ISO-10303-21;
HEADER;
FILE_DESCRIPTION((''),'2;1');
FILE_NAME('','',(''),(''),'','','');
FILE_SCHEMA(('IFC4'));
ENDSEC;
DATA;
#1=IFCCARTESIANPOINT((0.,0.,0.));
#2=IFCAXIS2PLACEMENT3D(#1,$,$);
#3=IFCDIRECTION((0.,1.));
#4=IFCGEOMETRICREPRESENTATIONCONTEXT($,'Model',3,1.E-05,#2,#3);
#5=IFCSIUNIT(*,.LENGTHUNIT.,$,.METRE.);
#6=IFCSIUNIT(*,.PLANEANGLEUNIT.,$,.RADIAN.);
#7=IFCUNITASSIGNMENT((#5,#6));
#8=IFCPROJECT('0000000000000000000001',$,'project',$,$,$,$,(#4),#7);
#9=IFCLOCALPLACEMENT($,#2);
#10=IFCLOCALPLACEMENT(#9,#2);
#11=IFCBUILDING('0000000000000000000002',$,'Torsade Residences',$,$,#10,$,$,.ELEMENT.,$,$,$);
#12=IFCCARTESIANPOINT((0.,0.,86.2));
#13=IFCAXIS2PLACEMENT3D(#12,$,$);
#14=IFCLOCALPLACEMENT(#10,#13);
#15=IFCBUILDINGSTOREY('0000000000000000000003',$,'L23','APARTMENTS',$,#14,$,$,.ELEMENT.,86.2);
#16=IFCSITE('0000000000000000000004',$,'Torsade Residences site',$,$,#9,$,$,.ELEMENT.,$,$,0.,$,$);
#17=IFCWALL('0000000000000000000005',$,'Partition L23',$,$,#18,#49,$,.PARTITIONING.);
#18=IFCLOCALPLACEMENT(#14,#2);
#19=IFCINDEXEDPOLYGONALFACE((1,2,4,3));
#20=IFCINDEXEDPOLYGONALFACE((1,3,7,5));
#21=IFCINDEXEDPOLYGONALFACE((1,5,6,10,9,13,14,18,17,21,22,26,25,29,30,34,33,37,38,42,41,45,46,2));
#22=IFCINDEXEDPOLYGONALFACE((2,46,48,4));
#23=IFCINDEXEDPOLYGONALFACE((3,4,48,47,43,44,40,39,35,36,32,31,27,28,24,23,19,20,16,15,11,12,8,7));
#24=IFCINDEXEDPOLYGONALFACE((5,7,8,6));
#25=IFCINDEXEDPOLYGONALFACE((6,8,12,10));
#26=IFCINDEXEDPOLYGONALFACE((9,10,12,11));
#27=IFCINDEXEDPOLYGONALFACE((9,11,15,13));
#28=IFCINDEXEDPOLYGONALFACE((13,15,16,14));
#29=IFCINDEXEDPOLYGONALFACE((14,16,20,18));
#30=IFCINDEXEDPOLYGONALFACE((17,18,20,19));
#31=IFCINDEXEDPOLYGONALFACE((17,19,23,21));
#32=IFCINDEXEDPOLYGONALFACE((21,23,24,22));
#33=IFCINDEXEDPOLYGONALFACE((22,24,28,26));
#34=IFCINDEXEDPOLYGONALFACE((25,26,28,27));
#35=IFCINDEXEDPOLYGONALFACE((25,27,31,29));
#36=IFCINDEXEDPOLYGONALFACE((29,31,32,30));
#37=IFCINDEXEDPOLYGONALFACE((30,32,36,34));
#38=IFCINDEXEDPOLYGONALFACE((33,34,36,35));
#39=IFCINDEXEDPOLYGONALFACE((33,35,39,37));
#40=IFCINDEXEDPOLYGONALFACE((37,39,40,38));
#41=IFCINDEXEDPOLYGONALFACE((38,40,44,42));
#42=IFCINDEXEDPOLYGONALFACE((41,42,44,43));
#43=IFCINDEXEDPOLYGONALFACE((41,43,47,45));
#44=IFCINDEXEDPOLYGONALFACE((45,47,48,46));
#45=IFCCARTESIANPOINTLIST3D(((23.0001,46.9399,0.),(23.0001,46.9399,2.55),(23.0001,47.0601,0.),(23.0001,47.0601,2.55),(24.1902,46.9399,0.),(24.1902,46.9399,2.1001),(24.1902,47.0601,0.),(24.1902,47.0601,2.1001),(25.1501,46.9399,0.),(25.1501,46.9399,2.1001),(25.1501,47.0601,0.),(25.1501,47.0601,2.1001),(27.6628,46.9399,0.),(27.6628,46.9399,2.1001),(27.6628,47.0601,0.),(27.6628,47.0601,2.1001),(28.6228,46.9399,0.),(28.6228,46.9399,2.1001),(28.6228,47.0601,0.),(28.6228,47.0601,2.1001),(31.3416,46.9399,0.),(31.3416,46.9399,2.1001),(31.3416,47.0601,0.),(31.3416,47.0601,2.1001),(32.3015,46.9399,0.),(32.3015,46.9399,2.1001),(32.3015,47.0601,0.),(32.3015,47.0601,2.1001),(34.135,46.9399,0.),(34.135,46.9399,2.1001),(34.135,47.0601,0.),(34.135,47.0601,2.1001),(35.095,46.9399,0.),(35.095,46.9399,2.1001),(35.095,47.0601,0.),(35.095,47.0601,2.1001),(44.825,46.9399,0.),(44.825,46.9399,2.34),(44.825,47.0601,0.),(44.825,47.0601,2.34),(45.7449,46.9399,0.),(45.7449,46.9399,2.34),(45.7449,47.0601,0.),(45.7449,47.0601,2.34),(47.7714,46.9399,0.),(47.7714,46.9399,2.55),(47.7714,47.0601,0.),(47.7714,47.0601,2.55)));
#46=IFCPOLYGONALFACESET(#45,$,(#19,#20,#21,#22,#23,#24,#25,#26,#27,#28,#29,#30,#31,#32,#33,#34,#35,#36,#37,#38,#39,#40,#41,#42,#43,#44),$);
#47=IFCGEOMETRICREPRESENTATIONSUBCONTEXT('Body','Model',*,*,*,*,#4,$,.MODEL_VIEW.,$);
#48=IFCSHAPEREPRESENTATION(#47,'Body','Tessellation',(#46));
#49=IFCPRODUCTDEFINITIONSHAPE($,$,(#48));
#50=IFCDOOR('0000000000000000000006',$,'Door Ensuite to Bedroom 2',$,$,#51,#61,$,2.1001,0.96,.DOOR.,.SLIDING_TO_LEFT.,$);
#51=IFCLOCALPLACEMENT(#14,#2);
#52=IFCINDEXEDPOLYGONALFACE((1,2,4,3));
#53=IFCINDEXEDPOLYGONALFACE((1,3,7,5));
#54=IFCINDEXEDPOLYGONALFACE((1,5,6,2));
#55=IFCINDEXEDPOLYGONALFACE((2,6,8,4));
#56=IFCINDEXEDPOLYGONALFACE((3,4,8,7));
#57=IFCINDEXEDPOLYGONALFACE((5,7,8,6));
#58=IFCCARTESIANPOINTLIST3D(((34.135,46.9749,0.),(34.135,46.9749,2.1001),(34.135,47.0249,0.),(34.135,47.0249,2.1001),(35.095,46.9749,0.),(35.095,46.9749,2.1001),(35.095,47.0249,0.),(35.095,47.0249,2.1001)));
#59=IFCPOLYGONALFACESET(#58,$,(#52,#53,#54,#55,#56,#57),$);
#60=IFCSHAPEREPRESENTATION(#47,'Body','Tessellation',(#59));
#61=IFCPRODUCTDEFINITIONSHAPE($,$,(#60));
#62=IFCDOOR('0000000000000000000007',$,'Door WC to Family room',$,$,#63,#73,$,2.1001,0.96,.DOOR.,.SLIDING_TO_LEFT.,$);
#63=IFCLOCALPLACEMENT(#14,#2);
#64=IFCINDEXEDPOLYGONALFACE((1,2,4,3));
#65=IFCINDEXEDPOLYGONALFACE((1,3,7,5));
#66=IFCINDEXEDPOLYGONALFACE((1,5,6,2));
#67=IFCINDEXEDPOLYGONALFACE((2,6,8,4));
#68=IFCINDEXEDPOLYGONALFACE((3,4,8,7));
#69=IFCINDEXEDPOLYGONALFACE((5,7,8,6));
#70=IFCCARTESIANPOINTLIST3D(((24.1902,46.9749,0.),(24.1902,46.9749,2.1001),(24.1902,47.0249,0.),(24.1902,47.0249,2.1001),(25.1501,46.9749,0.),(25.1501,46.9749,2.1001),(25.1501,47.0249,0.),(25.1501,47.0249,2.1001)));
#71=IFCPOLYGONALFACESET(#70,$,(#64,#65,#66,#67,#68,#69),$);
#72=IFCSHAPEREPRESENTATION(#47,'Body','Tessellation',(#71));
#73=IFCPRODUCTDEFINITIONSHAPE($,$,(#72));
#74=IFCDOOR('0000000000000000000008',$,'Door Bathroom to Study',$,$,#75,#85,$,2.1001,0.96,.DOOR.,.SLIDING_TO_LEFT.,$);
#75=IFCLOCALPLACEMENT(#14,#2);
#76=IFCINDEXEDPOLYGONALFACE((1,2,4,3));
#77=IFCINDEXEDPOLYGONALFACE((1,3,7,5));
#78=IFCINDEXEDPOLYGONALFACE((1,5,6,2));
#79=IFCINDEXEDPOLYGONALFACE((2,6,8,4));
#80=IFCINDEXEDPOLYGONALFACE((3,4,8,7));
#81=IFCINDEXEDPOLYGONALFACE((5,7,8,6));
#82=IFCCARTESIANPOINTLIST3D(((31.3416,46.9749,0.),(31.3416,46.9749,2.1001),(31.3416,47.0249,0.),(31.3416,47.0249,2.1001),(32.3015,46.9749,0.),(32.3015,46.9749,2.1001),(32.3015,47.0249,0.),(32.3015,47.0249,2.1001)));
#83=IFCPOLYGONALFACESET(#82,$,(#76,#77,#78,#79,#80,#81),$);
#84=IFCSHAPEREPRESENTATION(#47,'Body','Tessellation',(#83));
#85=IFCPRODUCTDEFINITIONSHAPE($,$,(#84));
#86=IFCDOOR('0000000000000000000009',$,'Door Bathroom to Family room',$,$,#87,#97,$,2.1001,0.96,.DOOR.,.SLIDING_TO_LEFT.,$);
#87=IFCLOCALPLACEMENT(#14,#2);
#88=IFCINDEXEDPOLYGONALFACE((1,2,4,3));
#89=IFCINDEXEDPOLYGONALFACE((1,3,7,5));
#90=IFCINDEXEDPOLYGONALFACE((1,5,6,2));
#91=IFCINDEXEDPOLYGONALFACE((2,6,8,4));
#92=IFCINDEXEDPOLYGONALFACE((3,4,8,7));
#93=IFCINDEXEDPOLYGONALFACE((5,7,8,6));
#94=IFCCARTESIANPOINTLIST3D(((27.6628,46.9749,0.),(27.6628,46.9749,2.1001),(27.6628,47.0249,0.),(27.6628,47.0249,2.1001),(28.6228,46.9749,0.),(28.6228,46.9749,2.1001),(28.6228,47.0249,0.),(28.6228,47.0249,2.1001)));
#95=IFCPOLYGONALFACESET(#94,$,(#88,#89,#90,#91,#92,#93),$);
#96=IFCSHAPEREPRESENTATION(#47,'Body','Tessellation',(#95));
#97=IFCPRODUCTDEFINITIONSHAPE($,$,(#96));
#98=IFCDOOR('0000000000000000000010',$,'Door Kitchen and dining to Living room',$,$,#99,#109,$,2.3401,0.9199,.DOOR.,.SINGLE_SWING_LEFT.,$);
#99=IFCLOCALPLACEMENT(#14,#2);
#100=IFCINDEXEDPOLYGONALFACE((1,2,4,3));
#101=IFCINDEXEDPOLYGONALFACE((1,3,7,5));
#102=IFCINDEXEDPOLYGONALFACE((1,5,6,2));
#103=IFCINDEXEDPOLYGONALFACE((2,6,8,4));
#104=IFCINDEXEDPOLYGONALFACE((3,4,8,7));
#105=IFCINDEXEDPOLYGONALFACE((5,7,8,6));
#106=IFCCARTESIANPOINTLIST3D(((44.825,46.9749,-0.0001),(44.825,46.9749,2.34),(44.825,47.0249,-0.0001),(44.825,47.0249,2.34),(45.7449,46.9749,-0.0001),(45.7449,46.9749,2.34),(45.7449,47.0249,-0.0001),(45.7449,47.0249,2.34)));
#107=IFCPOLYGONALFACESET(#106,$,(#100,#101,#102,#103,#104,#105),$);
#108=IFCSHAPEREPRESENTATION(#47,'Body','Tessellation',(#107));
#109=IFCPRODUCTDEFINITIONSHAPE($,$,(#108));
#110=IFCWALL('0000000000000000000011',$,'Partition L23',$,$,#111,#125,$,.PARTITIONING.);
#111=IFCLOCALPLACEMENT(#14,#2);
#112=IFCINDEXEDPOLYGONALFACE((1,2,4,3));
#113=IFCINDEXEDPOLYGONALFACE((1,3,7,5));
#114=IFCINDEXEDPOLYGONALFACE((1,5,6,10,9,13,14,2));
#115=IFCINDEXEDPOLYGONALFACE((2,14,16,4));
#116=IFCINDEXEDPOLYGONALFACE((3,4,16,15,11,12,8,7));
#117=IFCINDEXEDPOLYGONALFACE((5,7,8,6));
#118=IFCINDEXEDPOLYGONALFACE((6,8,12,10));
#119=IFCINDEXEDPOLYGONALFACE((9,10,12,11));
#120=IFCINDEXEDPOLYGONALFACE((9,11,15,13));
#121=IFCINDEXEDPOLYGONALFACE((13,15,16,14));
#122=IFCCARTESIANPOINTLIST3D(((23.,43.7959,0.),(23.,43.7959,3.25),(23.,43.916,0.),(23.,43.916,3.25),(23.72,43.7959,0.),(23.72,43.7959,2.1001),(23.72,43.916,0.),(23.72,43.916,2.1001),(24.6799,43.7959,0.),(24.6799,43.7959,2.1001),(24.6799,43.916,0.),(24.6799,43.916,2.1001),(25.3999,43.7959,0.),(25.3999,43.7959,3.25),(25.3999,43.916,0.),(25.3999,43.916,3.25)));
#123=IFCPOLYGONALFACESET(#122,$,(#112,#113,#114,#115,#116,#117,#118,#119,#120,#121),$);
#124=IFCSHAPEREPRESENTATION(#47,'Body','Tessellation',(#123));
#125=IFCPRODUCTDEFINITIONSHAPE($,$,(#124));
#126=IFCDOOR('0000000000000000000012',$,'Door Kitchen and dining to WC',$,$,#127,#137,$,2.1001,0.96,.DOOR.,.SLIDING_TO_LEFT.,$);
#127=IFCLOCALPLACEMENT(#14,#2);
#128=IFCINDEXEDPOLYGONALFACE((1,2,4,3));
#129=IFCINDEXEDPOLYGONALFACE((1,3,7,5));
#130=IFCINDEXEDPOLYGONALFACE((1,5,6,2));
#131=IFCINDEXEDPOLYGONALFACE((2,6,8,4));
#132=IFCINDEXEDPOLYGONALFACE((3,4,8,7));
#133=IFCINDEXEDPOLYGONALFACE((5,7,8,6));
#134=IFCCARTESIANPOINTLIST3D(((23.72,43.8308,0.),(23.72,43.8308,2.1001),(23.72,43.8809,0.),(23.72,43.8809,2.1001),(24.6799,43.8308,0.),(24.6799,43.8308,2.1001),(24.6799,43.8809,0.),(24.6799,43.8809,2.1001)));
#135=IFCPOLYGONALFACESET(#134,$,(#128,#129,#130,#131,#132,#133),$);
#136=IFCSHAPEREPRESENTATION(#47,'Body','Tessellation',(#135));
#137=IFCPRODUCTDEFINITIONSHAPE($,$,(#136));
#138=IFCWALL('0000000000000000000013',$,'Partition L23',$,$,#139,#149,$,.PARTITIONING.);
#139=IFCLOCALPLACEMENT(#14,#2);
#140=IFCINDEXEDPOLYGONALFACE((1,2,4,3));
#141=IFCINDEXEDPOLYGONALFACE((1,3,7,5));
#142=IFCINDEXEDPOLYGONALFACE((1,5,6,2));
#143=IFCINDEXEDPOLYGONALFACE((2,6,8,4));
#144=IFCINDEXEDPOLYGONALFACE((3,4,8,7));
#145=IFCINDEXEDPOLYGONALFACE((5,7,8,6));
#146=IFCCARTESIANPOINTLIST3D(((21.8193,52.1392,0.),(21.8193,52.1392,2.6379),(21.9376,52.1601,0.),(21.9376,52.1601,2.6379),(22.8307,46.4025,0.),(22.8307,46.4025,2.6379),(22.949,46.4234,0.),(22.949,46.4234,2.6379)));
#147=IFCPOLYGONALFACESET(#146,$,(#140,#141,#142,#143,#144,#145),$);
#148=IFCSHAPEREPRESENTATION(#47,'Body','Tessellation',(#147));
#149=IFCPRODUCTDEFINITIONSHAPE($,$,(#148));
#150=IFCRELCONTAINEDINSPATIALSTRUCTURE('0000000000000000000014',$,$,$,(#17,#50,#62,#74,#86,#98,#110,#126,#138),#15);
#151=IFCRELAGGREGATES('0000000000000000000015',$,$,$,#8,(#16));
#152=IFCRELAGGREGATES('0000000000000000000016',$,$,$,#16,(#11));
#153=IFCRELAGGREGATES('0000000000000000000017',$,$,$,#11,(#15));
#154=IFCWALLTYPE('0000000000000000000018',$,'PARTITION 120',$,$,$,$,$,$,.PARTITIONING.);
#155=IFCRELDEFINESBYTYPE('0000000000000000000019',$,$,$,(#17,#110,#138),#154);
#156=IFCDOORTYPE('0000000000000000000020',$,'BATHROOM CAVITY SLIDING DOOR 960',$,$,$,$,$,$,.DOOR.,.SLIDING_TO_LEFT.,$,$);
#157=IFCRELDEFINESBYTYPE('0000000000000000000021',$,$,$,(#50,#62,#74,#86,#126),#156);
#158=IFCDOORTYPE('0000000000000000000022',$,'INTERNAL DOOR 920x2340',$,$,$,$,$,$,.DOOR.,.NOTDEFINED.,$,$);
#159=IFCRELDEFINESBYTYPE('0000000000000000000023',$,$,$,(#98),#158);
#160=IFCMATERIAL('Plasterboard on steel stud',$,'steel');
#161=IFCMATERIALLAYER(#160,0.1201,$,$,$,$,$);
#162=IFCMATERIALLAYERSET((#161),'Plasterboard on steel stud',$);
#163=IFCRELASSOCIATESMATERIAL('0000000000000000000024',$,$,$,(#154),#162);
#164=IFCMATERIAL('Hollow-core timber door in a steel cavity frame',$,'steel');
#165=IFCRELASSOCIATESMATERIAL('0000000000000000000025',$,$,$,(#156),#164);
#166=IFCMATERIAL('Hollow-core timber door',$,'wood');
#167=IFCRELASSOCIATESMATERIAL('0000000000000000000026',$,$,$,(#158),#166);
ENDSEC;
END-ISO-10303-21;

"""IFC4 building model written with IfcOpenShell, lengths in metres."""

from ifc_helpers import new_model, si_unit, direction, frame, frame_2d, origin, place, context, subcontext, project, spatial, rectangle, extrude, material, layer, layer_set, type_object, element, fill, save


model = new_model("IFC4")

# Units and contexts
model_context = context("Model", 3, precision=1e-05, world=origin(), true_north=direction((0.0, 1.0)))
body_context = subcontext(model_context, "Body", "Model", "MODEL_VIEW")
ifc_project = project(units=[si_unit("LENGTHUNIT", "METRE"), si_unit("PLANEANGLEUNIT", "RADIAN")], contexts=[model_context])

# Site, building, storey
site_placement = place(None, origin())
site = spatial("IfcSite", under=ifc_project, at=site_placement, Name="Torsade Residences site", CompositionType="ELEMENT", RefElevation=0.0)
building_placement = place(site_placement, origin())
building = spatial("IfcBuilding", under=site, at=building_placement, Name="Torsade Residences", CompositionType="ELEMENT")
storey_placement = place(building_placement, frame((0.0, 0.0, 86.2)))
storey = spatial("IfcBuildingStorey", under=building, at=storey_placement, Name="L23", Description="APARTMENTS", CompositionType="ELEMENT", Elevation=86.2)

# Wall, openings, doors
ifc_material_1 = material(Name="Plasterboard on steel stud", Category="steel")
ifc_layer_1 = layer(ifc_material_1, 0.1201)
ifc_layer_set_1 = layer_set([ifc_layer_1], Name="Plasterboard on steel stud")
wall_type = type_object("IfcWallType", Name="PARTITION 120", PredefinedType="PARTITIONING", material=ifc_layer_set_1)
wall_1_placement = place(storey_placement, frame((23.0, 47.0, 0.0), z_axis=(0.0, 0.0, 1.0), x_axis=(1.0, 0.0, 0.0)))
wall_1 = element("IfcWall", 1, at=wall_1_placement, inside=storey, type_object=wall_type, Name="Partition L23", PredefinedType="PARTITIONING", context=body_context, shape_type="SweptSolid", body=[
    extrude(rectangle(XDim=24.7712, YDim=0.1201, at=frame_2d((12.3857, 0.0))), origin(), (0.0, 0.0, 1.0), 2.55),
])
opening_1_placement = place(wall_1_placement, frame((21.825, 0.0, 0.0)))
opening_1 = element("IfcOpeningElement", 2, at=opening_1_placement, cuts=wall_1, PredefinedType="OPENING", context=body_context, shape_type="SweptSolid", body=[
    extrude(rectangle(XDim=0.9199, YDim=2.3401, at=frame_2d((0.46, 1.1699))), frame((0.0, 0.0701, 0.0), z_axis=(0.0, -1.0, 0.0), x_axis=(1.0, 0.0, 0.0)), (0.0, 0.0, 1.0), 0.1401),
])
opening_2_placement = place(wall_1_placement, frame((11.135, 0.0, 0.0)))
opening_2 = element("IfcOpeningElement", 3, at=opening_2_placement, cuts=wall_1, PredefinedType="OPENING", context=body_context, shape_type="SweptSolid", body=[
    extrude(rectangle(XDim=0.96, YDim=2.1001, at=frame_2d((0.48, 1.05))), frame((0.0, 0.0701, 0.0), z_axis=(0.0, -1.0, 0.0), x_axis=(1.0, 0.0, 0.0)), (0.0, 0.0, 1.0), 0.1401),
])
opening_3_placement = place(wall_1_placement, frame((1.1902, 0.0, 0.0)))
opening_3 = element("IfcOpeningElement", 4, at=opening_3_placement, cuts=wall_1, PredefinedType="OPENING", context=body_context, shape_type="SweptSolid", body=[
    extrude(rectangle(XDim=0.96, YDim=2.1001, at=frame_2d((0.48, 1.05))), frame((0.0, 0.0701, 0.0), z_axis=(0.0, -1.0, 0.0), x_axis=(1.0, 0.0, 0.0)), (0.0, 0.0, 1.0), 0.1401),
])
opening_4_placement = place(wall_1_placement, frame((8.3416, 0.0, 0.0)))
opening_4 = element("IfcOpeningElement", 5, at=opening_4_placement, cuts=wall_1, PredefinedType="OPENING", context=body_context, shape_type="SweptSolid", body=[
    extrude(rectangle(XDim=0.96, YDim=2.1001, at=frame_2d((0.48, 1.05))), frame((0.0, 0.0701, 0.0), z_axis=(0.0, -1.0, 0.0), x_axis=(1.0, 0.0, 0.0)), (0.0, 0.0, 1.0), 0.1401),
])
opening_5_placement = place(wall_1_placement, frame((4.6628, 0.0, 0.0)))
opening_5 = element("IfcOpeningElement", 6, at=opening_5_placement, cuts=wall_1, PredefinedType="OPENING", context=body_context, shape_type="SweptSolid", body=[
    extrude(rectangle(XDim=0.96, YDim=2.1001, at=frame_2d((0.48, 1.05))), frame((0.0, 0.0701, 0.0), z_axis=(0.0, -1.0, 0.0), x_axis=(1.0, 0.0, 0.0)), (0.0, 0.0, 1.0), 0.1401),
])
ifc_material_2 = material(Name="Hollow-core timber door in a steel cavity frame", Category="steel")
door_type_1 = type_object("IfcDoorType", Name="BATHROOM CAVITY SLIDING DOOR 960", OperationType="SLIDING_TO_LEFT", PredefinedType="DOOR", material=ifc_material_2)
door_1_placement = place(opening_2_placement, origin())
door_1 = element("IfcDoor", 7, at=door_1_placement, inside=storey, type_object=door_type_1, Name="Door Ensuite to Bedroom 2", OperationType="SLIDING_TO_LEFT", OverallHeight=2.1001, OverallWidth=0.96, PredefinedType="DOOR", context=body_context, shape_type="SweptSolid", body=[
    extrude(rectangle(XDim=0.96, YDim=2.1001, at=frame_2d((0.48, 1.05))), frame((0.0, 0.0249, 0.0), z_axis=(0.0, -1.0, 0.0), x_axis=(1.0, 0.0, 0.0)), (0.0, 0.0, 1.0), 0.05),
])
fill(opening_2, door_1)
door_2_placement = place(opening_3_placement, origin())
door_2 = element("IfcDoor", 8, at=door_2_placement, inside=storey, type_object=door_type_1, Name="Door WC to Family room", OperationType="SLIDING_TO_LEFT", OverallHeight=2.1001, OverallWidth=0.96, PredefinedType="DOOR", context=body_context, shape_type="SweptSolid", body=[
    extrude(rectangle(XDim=0.96, YDim=2.1001, at=frame_2d((0.48, 1.05))), frame((0.0, 0.0249, 0.0), z_axis=(0.0, -1.0, 0.0), x_axis=(1.0, 0.0, 0.0)), (0.0, 0.0, 1.0), 0.05),
])
fill(opening_3, door_2)
door_3_placement = place(opening_4_placement, origin())
door_3 = element("IfcDoor", 9, at=door_3_placement, inside=storey, type_object=door_type_1, Name="Door Bathroom to Study", OperationType="SLIDING_TO_LEFT", OverallHeight=2.1001, OverallWidth=0.96, PredefinedType="DOOR", context=body_context, shape_type="SweptSolid", body=[
    extrude(rectangle(XDim=0.96, YDim=2.1001, at=frame_2d((0.48, 1.05))), frame((0.0, 0.0249, 0.0), z_axis=(0.0, -1.0, 0.0), x_axis=(1.0, 0.0, 0.0)), (0.0, 0.0, 1.0), 0.05),
])
fill(opening_4, door_3)
door_4_placement = place(opening_5_placement, origin())
door_4 = element("IfcDoor", 10, at=door_4_placement, inside=storey, type_object=door_type_1, Name="Door Bathroom to Family room", OperationType="SLIDING_TO_LEFT", OverallHeight=2.1001, OverallWidth=0.96, PredefinedType="DOOR", context=body_context, shape_type="SweptSolid", body=[
    extrude(rectangle(XDim=0.96, YDim=2.1001, at=frame_2d((0.48, 1.05))), frame((0.0, 0.0249, 0.0), z_axis=(0.0, -1.0, 0.0), x_axis=(1.0, 0.0, 0.0)), (0.0, 0.0, 1.0), 0.05),
])
fill(opening_5, door_4)
ifc_material_3 = material(Name="Hollow-core timber door", Category="wood")
door_type_2 = type_object("IfcDoorType", Name="INTERNAL DOOR 920x2340", OperationType="NOTDEFINED", PredefinedType="DOOR", material=ifc_material_3)
door_5_placement = place(opening_1_placement, origin())
door_5 = element("IfcDoor", 11, at=door_5_placement, inside=storey, type_object=door_type_2, Name="Door Kitchen and dining to Living room", OperationType="SINGLE_SWING_LEFT", OverallHeight=2.3401, OverallWidth=0.9199, PredefinedType="DOOR", context=body_context, shape_type="SweptSolid", body=[
    extrude(rectangle(XDim=0.9199, YDim=2.3401, at=frame_2d((0.46, 1.1699))), frame((0.0, 0.0249, 0.0), z_axis=(0.0, -1.0, 0.0), x_axis=(1.0, 0.0, 0.0)), (0.0, 0.0, 1.0), 0.05),
])
fill(opening_1, door_5)

# Wall, opening, door
wall_2_placement = place(storey_placement, frame((23.0, 43.856, 0.0), z_axis=(0.0, 0.0, 1.0), x_axis=(1.0, 0.0, 0.0)))
wall_2 = element("IfcWall", 12, at=wall_2_placement, inside=storey, type_object=wall_type, Name="Partition L23", PredefinedType="PARTITIONING", context=body_context, shape_type="SweptSolid", body=[
    extrude(rectangle(XDim=2.3999, YDim=0.1201, at=frame_2d((1.2, 0.0))), origin(), (0.0, 0.0, 1.0), 3.25),
])
opening_6_placement = place(wall_2_placement, frame((0.72, 0.0, 0.0)))
opening_6 = element("IfcOpeningElement", 13, at=opening_6_placement, cuts=wall_2, PredefinedType="OPENING", context=body_context, shape_type="SweptSolid", body=[
    extrude(rectangle(XDim=0.96, YDim=2.1001, at=frame_2d((0.48, 1.05))), frame((0.0, 0.0701, 0.0), z_axis=(0.0, -1.0, 0.0), x_axis=(1.0, 0.0, 0.0)), (0.0, 0.0, 1.0), 0.1401),
])
door_6_placement = place(opening_6_placement, origin())
door_6 = element("IfcDoor", 14, at=door_6_placement, inside=storey, type_object=door_type_1, Name="Door Kitchen and dining to WC", OperationType="SLIDING_TO_LEFT", OverallHeight=2.1001, OverallWidth=0.96, PredefinedType="DOOR", context=body_context, shape_type="SweptSolid", body=[
    extrude(rectangle(XDim=0.96, YDim=2.1001, at=frame_2d((0.48, 1.05))), frame((0.0, 0.0249, 0.0), z_axis=(0.0, -1.0, 0.0), x_axis=(1.0, 0.0, 0.0)), (0.0, 0.0, 1.0), 0.05),
])
fill(opening_6, door_6)

# Wall
wall_3_placement = place(storey_placement, frame((21.8784, 52.1497, 0.0), z_axis=(0.0, 0.0, 1.0), x_axis=(0.173635, -0.98481, 0.0)))
element("IfcWall", 15, at=wall_3_placement, inside=storey, type_object=wall_type, Name="Partition L23", PredefinedType="PARTITIONING", context=body_context, shape_type="SweptSolid", body=[
    extrude(rectangle(XDim=5.8252, YDim=0.1201, at=frame_2d((2.9126, 0.0))), origin(), (0.0, 0.0, 1.0), 2.6379),
])

save(model, "model.ifc")
